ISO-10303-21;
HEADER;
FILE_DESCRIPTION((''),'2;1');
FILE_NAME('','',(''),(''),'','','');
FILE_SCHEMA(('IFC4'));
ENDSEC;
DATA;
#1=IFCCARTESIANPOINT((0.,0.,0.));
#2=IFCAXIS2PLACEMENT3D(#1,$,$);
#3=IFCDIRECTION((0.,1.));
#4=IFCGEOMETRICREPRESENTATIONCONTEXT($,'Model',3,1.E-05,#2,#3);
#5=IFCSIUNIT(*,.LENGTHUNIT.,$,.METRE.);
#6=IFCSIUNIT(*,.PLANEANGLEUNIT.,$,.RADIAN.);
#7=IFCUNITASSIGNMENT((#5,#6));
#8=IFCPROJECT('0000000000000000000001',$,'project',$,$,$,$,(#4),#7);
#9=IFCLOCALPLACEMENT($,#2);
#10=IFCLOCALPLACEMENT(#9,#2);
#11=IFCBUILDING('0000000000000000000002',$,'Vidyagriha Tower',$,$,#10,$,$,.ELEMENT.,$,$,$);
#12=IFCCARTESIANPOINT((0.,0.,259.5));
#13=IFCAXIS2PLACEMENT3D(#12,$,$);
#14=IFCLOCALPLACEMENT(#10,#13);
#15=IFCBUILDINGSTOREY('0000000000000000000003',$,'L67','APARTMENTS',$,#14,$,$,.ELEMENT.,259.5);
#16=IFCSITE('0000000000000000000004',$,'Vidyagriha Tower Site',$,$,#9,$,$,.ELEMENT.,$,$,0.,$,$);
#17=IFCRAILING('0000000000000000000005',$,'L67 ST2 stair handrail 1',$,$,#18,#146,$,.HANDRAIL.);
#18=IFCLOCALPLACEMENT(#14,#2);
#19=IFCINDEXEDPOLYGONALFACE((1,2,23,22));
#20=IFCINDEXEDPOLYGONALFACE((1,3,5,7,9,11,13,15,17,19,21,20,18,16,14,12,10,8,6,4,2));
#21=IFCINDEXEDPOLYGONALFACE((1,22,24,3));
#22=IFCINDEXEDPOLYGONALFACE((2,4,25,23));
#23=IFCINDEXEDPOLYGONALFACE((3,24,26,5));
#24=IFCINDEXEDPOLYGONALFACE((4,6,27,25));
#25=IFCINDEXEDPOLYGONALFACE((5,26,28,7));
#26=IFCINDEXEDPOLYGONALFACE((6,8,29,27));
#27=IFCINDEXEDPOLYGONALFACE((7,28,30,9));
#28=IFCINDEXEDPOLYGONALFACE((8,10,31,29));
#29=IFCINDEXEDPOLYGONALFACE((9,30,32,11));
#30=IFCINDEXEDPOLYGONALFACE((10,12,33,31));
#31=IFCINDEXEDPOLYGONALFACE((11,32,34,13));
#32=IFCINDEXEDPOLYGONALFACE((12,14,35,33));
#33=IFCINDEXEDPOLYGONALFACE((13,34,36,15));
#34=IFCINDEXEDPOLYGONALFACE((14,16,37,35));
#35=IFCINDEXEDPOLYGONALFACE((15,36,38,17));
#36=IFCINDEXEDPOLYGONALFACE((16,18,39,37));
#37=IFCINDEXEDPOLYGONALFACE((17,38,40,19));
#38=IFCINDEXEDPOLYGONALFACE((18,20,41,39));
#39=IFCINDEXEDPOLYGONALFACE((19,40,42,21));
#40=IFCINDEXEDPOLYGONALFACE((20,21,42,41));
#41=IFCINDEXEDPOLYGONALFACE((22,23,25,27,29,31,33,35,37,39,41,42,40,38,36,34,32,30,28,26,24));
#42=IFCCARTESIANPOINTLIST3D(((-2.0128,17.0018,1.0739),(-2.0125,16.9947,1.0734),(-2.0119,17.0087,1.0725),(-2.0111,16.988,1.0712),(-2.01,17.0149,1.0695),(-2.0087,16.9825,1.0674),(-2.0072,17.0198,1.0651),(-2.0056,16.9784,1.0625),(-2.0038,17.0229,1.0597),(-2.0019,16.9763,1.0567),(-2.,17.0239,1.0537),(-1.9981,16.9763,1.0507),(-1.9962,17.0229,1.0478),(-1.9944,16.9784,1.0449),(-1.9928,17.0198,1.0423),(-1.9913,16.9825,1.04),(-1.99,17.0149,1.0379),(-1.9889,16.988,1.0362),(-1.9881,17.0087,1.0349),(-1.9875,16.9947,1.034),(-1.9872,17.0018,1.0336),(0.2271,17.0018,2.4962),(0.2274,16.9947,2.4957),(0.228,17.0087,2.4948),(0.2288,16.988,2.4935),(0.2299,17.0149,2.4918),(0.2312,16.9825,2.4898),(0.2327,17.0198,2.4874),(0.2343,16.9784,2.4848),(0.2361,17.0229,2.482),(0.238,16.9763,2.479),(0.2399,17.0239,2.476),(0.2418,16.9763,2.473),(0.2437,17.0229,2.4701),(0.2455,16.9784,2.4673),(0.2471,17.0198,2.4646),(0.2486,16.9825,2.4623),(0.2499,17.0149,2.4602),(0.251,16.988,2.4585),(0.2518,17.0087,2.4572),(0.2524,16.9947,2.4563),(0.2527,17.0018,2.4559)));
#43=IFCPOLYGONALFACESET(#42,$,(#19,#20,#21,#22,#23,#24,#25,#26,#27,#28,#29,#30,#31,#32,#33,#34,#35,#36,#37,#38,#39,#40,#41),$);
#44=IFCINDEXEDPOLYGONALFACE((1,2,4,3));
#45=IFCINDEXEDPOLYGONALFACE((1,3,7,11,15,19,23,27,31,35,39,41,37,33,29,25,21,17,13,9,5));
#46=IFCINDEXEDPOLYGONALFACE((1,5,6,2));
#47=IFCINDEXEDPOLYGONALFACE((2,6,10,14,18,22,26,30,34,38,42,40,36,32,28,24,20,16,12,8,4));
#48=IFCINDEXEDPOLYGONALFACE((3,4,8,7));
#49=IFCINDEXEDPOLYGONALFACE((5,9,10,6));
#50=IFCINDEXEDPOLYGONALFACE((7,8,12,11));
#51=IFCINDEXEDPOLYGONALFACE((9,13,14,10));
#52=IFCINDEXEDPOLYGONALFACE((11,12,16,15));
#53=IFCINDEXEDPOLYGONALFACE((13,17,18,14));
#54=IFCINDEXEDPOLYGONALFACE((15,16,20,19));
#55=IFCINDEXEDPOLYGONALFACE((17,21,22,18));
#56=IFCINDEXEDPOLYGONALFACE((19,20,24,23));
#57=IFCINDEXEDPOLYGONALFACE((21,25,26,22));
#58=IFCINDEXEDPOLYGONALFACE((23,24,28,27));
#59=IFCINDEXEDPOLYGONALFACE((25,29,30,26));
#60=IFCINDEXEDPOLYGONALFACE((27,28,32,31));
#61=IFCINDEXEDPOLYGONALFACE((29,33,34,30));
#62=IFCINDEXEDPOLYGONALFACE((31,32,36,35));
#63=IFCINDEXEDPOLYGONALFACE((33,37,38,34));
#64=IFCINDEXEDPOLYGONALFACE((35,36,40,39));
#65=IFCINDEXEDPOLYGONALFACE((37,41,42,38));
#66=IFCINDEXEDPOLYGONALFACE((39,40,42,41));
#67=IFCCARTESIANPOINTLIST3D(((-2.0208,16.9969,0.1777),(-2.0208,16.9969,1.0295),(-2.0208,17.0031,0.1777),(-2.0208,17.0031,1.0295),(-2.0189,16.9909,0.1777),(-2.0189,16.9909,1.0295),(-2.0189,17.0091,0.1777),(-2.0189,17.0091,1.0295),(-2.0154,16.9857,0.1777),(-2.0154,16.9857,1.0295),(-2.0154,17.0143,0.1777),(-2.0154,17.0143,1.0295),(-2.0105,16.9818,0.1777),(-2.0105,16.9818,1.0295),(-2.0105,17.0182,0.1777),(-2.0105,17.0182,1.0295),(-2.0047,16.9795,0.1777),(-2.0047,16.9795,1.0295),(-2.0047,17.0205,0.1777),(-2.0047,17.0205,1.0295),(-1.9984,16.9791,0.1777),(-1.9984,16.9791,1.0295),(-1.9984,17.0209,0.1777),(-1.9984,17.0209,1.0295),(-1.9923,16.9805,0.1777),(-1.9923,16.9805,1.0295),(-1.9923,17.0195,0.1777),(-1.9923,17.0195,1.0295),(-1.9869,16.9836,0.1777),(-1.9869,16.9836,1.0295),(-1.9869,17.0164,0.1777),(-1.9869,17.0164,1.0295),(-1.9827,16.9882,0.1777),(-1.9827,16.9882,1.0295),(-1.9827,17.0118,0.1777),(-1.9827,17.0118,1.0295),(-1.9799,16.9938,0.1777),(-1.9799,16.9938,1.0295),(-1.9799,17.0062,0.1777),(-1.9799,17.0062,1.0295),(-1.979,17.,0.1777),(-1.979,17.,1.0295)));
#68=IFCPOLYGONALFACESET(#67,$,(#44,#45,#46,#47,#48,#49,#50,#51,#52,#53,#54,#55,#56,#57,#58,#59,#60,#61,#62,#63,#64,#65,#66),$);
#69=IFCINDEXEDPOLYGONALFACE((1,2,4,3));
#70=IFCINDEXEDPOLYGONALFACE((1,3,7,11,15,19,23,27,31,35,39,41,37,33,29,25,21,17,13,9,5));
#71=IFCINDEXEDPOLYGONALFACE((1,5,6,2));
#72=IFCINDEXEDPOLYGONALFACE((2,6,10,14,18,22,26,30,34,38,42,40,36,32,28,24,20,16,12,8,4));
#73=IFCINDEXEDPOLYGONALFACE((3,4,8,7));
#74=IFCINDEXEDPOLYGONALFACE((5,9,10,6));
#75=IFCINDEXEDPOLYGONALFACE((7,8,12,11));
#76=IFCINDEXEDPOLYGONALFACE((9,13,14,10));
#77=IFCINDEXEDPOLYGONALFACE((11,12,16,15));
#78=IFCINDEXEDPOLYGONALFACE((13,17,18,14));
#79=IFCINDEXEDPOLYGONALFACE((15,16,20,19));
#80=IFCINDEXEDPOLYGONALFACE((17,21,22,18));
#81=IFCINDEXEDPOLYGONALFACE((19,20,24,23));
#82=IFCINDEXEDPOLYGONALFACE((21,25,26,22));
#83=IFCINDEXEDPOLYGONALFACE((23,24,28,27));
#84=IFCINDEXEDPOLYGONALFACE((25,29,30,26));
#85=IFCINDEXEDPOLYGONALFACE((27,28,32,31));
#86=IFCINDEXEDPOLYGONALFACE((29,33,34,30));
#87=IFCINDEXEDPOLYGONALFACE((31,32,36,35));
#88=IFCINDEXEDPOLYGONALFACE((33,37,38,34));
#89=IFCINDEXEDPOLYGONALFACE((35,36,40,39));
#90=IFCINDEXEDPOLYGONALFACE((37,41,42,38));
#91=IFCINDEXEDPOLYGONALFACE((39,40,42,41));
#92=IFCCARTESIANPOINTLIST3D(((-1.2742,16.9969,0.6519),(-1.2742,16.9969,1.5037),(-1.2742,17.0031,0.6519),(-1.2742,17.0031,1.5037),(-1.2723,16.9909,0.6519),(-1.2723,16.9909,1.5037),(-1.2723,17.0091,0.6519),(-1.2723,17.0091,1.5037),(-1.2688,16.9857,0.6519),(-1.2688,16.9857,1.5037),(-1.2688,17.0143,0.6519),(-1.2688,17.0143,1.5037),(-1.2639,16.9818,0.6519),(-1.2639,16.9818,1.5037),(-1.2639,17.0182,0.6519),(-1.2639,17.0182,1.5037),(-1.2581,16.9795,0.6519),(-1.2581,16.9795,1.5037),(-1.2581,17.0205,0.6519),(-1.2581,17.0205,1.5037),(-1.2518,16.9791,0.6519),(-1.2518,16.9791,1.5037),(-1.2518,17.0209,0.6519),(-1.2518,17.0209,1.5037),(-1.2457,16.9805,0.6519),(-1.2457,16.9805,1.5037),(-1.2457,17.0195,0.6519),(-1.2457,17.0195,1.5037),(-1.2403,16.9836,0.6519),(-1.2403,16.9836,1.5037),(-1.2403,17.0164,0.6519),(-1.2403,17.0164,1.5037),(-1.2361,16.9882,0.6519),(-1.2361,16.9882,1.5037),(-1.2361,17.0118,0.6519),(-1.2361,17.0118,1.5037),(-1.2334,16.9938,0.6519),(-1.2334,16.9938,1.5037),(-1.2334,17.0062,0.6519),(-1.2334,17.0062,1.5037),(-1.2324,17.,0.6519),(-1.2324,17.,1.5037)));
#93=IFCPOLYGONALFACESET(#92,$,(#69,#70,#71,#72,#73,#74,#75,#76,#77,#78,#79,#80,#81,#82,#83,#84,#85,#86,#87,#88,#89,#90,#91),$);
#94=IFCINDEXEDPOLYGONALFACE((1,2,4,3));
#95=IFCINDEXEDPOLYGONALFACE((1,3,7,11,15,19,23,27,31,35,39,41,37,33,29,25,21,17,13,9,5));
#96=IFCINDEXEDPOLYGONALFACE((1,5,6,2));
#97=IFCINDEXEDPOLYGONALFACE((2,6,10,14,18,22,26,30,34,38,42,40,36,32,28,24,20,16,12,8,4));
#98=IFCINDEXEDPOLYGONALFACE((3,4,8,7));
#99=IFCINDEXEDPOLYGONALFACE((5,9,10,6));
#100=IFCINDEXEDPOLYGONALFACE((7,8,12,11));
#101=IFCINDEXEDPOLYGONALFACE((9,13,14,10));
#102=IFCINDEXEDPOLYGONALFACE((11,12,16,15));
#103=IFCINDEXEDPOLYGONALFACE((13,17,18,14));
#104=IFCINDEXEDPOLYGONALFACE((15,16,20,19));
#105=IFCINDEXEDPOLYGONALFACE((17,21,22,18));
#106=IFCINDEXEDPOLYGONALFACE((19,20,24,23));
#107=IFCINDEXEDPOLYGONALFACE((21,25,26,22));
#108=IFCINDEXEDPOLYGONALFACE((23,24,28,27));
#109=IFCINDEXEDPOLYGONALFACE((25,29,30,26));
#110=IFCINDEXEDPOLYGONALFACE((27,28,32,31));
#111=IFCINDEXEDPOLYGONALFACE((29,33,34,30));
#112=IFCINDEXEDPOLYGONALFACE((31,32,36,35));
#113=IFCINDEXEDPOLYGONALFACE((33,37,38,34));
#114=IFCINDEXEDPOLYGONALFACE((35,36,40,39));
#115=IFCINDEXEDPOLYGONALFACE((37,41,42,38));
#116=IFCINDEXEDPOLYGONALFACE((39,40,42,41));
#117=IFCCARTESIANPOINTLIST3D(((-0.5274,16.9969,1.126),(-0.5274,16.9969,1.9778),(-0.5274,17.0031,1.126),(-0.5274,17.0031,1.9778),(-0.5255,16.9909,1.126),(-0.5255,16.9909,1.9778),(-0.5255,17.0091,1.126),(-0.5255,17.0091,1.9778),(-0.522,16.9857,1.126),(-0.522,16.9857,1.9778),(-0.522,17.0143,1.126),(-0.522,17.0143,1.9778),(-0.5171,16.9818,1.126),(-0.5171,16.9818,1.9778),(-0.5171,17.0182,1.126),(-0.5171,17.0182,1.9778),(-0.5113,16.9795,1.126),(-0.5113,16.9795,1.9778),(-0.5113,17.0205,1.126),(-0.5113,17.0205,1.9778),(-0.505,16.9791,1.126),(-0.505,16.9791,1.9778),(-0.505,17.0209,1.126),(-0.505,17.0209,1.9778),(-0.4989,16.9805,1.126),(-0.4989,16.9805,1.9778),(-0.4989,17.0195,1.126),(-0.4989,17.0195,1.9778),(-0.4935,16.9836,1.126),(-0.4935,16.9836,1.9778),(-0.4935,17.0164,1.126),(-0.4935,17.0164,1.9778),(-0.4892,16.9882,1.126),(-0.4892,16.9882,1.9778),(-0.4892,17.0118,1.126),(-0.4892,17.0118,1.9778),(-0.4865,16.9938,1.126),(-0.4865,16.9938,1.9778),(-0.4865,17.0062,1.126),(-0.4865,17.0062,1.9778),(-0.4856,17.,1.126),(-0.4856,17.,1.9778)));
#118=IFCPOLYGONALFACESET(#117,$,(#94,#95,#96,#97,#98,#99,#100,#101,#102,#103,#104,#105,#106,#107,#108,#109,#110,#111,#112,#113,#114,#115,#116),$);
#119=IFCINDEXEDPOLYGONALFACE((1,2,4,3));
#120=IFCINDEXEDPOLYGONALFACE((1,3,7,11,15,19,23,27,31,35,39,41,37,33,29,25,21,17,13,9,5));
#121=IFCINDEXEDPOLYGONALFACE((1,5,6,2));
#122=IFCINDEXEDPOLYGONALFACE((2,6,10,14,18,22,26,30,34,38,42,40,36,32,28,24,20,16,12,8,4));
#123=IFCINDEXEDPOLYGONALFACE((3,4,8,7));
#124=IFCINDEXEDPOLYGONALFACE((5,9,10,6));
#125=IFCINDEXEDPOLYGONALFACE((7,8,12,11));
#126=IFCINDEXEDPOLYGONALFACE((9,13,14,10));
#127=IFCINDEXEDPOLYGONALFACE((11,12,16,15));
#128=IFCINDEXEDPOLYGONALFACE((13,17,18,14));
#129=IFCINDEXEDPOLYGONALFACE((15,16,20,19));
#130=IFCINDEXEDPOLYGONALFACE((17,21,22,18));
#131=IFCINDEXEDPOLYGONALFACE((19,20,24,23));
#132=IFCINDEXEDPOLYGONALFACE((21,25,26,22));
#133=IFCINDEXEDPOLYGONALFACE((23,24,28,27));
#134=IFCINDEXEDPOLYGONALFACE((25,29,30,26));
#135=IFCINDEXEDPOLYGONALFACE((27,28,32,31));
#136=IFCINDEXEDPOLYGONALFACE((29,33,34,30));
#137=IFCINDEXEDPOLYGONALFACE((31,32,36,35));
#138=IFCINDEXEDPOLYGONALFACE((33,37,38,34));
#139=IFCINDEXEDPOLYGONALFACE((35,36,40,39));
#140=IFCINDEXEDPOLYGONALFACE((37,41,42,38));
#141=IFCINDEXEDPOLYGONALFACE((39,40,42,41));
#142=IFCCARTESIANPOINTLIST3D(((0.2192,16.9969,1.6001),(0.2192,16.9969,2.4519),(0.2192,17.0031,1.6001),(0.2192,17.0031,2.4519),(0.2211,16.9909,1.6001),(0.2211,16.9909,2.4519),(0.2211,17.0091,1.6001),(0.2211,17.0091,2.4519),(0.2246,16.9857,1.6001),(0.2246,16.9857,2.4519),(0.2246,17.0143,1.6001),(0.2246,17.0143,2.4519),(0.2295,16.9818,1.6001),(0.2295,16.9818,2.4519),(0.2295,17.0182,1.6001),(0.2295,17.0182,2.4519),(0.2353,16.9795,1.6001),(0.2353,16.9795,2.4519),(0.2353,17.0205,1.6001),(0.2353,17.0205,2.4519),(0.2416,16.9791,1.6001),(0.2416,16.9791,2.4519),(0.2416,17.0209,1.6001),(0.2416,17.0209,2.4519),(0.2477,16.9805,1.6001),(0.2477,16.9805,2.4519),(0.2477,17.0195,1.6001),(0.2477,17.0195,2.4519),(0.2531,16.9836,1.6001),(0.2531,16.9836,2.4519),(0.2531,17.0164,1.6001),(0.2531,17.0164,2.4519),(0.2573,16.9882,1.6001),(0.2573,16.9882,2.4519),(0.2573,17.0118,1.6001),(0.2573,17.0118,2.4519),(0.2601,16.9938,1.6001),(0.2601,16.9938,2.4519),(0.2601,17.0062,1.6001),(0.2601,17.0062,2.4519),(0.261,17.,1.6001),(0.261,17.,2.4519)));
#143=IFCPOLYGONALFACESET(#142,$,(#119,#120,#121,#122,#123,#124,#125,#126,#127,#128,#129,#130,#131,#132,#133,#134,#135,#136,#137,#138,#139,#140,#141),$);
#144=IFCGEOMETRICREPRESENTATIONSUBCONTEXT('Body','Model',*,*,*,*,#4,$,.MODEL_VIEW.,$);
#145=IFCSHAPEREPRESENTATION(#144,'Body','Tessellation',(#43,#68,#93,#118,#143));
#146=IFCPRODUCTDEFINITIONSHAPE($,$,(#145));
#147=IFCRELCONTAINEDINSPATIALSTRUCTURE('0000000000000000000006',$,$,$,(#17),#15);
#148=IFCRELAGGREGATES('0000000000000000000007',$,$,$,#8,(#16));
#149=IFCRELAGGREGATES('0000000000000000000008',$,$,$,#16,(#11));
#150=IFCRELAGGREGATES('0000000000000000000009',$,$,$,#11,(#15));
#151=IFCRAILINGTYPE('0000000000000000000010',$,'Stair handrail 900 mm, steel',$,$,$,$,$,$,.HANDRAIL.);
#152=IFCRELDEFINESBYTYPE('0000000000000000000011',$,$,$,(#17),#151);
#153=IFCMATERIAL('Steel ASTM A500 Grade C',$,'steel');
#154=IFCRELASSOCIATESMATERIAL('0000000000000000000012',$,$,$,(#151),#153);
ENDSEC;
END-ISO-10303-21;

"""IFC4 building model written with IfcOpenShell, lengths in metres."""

from ifc_helpers import new_model, si_unit, direction, frame, origin, origin_2d, place, context, subcontext, project, spatial, circle, extrude, material, type_object, element, save


model = new_model("IFC4")

# Units and contexts
model_context = context("Model", 3, precision=1e-05, world=origin(), true_north=direction((0.0, 1.0)))
body_context = subcontext(model_context, "Body", "Model", "MODEL_VIEW")
ifc_project = project(units=[si_unit("LENGTHUNIT", "METRE"), si_unit("PLANEANGLEUNIT", "RADIAN")], contexts=[model_context])

# Site, building, storey
site_placement = place(None, origin())
site = spatial("IfcSite", under=ifc_project, at=site_placement, Name="Vidyagriha Tower Site", CompositionType="ELEMENT", RefElevation=0.0)
building_placement = place(site_placement, origin())
building = spatial("IfcBuilding", under=site, at=building_placement, Name="Vidyagriha Tower", CompositionType="ELEMENT")
storey_placement = place(building_placement, frame((0.0, 0.0, 259.5)))
storey = spatial("IfcBuildingStorey", under=building, at=storey_placement, Name="L67", Description="APARTMENTS", CompositionType="ELEMENT", Elevation=259.5)

# Railing
ifc_material_1 = material(Name="Steel ASTM A500 Grade C", Category="steel")
railing_type = type_object("IfcRailingType", Name="Stair handrail 900 mm, steel", PredefinedType="HANDRAIL", material=ifc_material_1)
for number, where, name in (
    (1, (-2.0, 17.0, 0.1777), "L67 ST2 stair handrail 1"),
):
    element("IfcRailing", number, at=place(storey_placement, frame(where)), inside=storey, type_object=railing_type, Name=name, PredefinedType="HANDRAIL", context=body_context, shape_type="SweptSolid", body=[
        extrude(circle(Radius=0.0239, at=origin_2d()), frame((0.0, 0.0, 0.876), z_axis=(0.844188, 0.0, 0.536048), x_axis=(0.0, 1.0, 0.0)), (0.0, 0.0, 1.0), 2.6533),
        extrude(circle(Radius=0.021, at=origin_2d()), origin(), (0.0, 0.0, 1.0), 0.8518),
        extrude(circle(Radius=0.021, at=origin_2d()), frame((0.7466, 0.0, 0.4741)), (0.0, 0.0, 1.0), 0.8518),
        extrude(circle(Radius=0.021, at=origin_2d()), frame((1.4934, 0.0, 0.9482)), (0.0, 0.0, 1.0), 0.8518),
        extrude(circle(Radius=0.021, at=origin_2d()), frame((2.24, 0.0, 1.4224)), (0.0, 0.0, 1.0), 0.8518),
    ])

save(model, "model.ifc")
